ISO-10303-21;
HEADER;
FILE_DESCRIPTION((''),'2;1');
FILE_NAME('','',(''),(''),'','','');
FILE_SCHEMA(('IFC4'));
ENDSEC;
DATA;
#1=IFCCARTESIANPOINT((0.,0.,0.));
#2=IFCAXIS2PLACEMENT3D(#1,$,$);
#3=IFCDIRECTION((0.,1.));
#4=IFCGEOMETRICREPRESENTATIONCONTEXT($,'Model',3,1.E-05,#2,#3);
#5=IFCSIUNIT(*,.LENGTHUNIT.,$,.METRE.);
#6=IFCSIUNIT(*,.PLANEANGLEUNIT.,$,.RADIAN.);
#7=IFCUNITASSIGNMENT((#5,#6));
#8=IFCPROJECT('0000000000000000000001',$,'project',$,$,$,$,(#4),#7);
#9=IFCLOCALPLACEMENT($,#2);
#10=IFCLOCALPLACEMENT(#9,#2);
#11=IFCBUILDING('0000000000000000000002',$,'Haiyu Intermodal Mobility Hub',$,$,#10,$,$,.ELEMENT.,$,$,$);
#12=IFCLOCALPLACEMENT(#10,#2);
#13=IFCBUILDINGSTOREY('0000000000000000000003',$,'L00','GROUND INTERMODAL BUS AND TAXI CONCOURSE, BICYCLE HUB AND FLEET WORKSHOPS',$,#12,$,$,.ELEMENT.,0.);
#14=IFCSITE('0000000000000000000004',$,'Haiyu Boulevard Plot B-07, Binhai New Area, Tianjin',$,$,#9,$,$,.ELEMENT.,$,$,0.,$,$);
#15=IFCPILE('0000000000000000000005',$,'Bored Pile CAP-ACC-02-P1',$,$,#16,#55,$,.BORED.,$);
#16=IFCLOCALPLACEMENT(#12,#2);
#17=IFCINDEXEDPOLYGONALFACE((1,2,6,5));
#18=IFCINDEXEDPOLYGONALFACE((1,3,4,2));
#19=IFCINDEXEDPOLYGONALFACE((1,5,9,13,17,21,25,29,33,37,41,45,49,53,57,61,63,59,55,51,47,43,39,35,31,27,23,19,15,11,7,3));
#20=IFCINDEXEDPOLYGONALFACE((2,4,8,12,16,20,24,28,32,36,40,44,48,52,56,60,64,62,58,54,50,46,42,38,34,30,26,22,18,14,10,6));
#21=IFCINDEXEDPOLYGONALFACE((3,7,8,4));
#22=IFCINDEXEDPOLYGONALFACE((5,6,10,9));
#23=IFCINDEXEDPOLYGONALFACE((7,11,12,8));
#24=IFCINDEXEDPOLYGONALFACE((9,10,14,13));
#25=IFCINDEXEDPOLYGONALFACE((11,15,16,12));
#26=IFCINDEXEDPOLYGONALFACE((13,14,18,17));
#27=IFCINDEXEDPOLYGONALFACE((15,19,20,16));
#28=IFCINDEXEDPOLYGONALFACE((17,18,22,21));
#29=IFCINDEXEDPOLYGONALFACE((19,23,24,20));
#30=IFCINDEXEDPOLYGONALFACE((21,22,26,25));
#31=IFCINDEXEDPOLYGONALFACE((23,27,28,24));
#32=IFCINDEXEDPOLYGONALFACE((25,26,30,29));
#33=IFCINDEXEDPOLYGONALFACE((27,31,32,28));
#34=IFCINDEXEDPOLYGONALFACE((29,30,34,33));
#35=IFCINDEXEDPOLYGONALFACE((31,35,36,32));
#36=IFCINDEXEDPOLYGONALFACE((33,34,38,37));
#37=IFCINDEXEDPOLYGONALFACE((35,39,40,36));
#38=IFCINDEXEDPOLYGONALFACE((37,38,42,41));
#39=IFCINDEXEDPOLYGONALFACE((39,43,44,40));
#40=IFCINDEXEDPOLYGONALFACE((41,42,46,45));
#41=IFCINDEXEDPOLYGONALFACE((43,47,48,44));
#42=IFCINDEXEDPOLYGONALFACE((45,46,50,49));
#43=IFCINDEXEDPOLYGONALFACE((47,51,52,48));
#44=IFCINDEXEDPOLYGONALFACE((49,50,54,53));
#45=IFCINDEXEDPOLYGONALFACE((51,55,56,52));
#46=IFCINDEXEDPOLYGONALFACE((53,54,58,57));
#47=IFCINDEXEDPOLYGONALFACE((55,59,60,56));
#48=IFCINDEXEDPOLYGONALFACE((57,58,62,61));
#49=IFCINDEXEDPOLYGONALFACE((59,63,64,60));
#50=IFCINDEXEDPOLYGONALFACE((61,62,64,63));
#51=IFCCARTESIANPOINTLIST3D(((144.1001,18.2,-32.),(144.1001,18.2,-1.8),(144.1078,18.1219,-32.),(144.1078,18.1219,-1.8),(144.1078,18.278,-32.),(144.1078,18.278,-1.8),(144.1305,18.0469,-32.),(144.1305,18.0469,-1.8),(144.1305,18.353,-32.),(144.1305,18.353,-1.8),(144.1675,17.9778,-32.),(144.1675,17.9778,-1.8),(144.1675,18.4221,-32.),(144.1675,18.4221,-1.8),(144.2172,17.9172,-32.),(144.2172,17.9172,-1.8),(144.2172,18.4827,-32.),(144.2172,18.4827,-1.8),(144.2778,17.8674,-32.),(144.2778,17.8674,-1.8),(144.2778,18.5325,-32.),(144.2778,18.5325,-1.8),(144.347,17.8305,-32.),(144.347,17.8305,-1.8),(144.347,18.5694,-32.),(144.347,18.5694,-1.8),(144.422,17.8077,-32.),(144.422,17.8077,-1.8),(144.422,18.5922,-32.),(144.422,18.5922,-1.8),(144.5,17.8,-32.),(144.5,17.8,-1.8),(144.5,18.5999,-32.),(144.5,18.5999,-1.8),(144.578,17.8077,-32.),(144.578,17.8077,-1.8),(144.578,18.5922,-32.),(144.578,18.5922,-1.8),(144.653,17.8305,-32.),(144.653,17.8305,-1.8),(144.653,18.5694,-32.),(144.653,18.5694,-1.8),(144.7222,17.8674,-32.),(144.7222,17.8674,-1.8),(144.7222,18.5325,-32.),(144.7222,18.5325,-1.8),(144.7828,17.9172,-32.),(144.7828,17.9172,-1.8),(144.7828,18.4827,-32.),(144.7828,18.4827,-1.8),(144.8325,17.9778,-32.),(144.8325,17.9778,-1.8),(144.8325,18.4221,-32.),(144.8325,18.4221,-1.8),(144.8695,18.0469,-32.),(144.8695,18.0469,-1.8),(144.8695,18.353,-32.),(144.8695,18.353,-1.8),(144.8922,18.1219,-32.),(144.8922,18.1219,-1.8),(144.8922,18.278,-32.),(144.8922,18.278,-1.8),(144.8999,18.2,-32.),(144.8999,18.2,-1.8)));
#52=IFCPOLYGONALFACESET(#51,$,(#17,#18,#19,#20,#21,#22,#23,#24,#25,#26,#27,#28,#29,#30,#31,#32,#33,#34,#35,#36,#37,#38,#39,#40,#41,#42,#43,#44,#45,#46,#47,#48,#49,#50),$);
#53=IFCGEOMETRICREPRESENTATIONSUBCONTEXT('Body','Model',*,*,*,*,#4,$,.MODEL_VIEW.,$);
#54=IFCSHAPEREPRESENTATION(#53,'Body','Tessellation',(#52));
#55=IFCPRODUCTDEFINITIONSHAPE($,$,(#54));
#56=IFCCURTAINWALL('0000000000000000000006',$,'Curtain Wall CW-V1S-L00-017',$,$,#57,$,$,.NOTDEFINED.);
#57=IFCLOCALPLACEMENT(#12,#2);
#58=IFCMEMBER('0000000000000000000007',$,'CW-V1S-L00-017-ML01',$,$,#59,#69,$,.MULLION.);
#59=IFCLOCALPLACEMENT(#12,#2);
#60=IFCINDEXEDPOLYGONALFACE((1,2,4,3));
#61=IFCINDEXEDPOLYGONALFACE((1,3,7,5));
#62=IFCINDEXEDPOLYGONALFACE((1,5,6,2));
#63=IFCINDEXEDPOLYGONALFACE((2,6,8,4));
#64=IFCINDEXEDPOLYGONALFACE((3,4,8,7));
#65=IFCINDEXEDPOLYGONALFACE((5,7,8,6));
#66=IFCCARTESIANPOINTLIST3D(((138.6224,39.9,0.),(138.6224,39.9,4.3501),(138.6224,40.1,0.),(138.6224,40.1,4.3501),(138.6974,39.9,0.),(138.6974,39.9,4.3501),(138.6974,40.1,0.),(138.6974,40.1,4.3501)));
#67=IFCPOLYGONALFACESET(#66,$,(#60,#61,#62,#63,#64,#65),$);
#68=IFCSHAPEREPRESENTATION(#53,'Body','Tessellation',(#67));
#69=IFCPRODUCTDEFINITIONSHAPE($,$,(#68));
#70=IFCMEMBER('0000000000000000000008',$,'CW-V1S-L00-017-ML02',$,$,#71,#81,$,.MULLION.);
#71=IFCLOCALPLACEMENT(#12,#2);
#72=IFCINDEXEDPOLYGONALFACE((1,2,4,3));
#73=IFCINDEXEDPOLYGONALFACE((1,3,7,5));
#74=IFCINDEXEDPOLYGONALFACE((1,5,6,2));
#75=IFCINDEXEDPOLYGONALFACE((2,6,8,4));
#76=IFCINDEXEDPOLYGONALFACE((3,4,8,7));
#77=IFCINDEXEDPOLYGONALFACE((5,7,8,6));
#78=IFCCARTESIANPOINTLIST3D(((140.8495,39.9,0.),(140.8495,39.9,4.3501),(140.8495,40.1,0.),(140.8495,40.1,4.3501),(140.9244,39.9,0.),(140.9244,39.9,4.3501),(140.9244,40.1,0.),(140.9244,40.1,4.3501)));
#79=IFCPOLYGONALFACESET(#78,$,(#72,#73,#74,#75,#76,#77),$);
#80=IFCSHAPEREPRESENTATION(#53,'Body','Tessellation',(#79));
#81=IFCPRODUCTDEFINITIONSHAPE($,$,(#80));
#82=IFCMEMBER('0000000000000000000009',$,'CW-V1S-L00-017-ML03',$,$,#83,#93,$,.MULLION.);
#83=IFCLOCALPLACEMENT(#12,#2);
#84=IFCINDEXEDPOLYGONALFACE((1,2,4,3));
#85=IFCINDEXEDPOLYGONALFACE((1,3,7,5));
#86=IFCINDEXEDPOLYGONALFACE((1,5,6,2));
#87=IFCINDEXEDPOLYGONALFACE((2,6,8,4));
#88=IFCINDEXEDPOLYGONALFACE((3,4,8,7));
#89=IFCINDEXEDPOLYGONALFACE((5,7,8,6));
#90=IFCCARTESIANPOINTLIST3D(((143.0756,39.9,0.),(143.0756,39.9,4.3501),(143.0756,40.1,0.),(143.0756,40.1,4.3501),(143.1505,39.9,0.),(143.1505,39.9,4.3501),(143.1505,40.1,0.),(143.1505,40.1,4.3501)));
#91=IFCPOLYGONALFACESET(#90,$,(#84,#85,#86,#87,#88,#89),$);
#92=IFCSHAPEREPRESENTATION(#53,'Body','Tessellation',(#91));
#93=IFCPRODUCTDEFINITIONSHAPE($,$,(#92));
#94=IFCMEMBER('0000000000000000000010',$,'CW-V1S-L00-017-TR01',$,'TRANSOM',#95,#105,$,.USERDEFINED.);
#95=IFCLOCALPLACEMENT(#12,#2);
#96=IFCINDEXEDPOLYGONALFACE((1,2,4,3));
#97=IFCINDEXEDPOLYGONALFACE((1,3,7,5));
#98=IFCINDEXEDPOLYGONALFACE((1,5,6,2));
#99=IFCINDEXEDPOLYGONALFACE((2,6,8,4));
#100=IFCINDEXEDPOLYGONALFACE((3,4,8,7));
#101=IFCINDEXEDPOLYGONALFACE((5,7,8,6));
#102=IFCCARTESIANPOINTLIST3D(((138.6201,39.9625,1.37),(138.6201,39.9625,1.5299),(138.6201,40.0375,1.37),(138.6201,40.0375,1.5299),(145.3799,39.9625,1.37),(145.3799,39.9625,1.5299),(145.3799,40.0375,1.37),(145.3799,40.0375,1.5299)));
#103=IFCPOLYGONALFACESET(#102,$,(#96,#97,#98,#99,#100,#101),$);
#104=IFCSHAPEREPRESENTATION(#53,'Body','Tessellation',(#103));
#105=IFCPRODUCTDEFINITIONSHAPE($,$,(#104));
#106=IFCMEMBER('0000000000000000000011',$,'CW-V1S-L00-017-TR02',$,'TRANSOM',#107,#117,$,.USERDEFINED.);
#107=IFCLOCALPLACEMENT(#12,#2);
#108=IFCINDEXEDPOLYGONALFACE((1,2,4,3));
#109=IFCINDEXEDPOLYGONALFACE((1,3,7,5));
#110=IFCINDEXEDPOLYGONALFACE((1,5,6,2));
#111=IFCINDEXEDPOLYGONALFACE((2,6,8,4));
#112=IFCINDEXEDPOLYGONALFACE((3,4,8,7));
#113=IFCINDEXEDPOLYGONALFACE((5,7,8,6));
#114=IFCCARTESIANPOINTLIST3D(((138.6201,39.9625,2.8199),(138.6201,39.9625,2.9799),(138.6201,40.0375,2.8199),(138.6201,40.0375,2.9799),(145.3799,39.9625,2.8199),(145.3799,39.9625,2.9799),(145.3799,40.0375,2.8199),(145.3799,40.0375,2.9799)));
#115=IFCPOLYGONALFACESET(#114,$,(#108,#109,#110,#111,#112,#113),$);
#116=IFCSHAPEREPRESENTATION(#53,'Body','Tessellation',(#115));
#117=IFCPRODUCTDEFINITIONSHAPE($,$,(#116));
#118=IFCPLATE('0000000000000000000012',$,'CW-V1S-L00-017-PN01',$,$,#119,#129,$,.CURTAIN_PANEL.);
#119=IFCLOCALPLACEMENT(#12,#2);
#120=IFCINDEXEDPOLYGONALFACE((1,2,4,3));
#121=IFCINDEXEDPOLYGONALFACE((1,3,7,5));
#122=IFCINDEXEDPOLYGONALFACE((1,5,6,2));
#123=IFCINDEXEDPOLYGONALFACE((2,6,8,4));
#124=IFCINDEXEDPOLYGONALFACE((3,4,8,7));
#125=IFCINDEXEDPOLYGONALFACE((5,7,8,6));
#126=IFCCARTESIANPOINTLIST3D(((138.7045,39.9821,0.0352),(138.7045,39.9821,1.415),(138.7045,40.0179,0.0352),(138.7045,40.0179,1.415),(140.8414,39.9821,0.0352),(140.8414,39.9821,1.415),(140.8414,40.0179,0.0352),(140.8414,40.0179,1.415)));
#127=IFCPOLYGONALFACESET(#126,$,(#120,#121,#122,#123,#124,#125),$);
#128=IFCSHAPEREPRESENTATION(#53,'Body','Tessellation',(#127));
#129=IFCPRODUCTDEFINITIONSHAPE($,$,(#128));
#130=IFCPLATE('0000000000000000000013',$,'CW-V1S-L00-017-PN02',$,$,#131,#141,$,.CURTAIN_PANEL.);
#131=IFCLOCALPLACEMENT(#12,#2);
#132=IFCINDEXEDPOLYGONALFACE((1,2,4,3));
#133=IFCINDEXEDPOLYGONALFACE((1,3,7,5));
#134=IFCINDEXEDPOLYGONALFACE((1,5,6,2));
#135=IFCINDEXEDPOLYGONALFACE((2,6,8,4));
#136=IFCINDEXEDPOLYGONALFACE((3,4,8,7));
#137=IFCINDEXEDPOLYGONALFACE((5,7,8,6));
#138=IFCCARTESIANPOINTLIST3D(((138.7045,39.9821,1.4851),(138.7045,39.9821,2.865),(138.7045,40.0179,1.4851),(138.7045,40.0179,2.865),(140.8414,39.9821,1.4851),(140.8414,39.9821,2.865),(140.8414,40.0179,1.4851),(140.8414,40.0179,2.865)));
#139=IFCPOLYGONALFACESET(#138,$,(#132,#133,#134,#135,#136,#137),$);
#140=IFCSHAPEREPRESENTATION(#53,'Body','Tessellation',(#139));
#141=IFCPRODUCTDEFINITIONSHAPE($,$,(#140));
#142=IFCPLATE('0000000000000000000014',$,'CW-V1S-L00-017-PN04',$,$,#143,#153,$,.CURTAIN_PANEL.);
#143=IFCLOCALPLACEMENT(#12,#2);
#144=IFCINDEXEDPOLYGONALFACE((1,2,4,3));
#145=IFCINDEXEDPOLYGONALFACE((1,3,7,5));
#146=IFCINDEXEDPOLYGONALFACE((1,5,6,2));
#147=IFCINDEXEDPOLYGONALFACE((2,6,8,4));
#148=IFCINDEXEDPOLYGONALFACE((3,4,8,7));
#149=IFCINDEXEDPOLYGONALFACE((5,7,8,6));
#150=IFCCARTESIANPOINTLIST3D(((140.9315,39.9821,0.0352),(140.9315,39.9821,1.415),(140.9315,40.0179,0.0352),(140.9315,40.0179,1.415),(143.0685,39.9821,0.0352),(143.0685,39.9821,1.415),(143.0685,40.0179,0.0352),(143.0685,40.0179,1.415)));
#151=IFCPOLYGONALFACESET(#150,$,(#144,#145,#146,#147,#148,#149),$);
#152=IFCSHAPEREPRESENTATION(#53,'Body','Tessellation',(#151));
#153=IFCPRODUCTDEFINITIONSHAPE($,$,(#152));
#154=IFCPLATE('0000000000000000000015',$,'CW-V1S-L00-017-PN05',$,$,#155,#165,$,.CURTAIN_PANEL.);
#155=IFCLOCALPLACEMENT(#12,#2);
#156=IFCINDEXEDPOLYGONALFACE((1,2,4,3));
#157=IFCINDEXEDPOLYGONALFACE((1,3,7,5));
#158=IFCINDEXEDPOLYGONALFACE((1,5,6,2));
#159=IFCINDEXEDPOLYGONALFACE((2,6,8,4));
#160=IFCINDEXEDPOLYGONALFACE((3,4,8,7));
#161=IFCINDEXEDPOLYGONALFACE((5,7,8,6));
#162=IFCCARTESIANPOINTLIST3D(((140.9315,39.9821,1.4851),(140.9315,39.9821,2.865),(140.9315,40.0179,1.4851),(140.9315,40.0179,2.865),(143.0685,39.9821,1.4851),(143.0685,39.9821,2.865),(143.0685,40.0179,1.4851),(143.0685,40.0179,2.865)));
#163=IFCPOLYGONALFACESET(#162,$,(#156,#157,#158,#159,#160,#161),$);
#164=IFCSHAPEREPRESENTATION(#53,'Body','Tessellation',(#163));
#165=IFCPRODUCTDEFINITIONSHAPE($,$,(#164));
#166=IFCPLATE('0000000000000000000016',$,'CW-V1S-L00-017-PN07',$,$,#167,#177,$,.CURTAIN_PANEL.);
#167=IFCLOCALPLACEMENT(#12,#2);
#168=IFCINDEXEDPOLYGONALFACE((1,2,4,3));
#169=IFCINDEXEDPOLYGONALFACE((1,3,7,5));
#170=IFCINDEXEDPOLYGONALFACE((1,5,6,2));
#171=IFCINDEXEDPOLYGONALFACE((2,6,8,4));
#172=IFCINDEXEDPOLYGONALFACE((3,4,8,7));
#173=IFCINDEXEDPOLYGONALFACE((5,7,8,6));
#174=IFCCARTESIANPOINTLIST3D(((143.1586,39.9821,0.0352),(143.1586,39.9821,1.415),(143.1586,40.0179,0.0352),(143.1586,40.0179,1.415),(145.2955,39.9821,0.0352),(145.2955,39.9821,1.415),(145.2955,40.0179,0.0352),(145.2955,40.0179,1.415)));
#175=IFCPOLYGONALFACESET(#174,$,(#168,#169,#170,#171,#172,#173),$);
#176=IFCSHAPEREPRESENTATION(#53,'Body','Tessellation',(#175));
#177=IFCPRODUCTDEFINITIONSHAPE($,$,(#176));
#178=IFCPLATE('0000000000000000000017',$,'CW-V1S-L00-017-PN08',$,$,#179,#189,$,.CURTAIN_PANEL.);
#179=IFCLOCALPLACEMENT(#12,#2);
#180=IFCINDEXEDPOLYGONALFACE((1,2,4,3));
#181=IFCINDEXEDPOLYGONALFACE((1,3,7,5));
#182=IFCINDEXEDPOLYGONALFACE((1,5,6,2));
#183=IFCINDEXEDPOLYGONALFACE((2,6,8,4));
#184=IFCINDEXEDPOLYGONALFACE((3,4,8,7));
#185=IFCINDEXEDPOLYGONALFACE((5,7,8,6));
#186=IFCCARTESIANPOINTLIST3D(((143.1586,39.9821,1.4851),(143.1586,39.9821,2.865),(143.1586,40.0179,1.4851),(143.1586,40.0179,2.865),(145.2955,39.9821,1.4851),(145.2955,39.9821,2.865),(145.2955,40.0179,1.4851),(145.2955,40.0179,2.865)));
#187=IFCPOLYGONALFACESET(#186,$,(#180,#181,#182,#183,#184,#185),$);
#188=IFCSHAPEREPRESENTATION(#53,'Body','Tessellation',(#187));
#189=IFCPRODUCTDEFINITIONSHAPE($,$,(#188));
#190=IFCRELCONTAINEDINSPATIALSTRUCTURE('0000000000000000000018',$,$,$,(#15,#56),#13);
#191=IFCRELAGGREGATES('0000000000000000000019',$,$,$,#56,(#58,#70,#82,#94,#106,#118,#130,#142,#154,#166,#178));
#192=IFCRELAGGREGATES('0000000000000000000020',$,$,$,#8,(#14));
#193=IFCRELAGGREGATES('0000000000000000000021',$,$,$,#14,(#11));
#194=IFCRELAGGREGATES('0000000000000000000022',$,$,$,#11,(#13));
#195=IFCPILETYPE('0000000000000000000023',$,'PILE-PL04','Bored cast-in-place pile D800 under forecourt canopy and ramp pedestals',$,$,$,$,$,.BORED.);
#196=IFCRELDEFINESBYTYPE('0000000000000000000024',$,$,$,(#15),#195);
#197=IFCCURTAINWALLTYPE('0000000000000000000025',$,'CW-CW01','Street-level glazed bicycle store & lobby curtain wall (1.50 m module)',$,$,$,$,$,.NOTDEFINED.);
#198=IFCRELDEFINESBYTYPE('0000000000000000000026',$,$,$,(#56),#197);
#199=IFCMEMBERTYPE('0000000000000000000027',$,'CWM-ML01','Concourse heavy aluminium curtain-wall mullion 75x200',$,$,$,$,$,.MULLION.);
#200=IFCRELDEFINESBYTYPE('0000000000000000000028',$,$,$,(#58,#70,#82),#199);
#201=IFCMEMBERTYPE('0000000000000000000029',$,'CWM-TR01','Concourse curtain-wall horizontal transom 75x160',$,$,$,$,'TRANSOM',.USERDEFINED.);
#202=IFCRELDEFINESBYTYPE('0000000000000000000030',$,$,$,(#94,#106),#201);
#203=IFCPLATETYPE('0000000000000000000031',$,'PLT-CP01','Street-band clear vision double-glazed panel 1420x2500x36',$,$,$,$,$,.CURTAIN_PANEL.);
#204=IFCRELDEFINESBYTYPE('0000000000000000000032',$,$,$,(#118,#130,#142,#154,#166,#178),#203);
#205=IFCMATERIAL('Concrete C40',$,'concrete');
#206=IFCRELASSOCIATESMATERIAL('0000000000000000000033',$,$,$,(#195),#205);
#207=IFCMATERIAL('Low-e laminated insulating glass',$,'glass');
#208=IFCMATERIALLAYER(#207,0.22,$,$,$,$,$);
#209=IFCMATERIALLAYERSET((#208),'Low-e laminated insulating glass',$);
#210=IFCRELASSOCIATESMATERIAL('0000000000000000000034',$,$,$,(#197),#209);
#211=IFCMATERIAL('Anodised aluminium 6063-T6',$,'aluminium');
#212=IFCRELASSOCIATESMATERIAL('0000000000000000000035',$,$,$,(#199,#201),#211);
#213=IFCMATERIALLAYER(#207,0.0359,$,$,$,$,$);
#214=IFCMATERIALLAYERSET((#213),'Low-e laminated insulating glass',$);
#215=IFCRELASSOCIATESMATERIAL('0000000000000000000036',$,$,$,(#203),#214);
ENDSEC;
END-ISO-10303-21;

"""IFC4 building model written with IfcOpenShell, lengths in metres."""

from ifc_helpers import new_model, si_unit, direction, frame, origin, origin_2d, place, context, subcontext, project, spatial, rectangle, circle, extrude, material, layer, layer_set, material_profile, profile_set, type_object, element, aggregate, save


model = new_model("IFC4")

# Units and contexts
model_context = context("Model", 3, precision=1e-05, world=origin(), true_north=direction((0.0, 1.0)))
body_context = subcontext(model_context, "Body", "Model", "MODEL_VIEW")
ifc_project = project(units=[si_unit("LENGTHUNIT", "METRE"), si_unit("PLANEANGLEUNIT", "RADIAN")], contexts=[model_context])

# Site, building, storey
site_placement = place(None, origin())
site = spatial("IfcSite", under=ifc_project, at=site_placement, Name="Haiyu Boulevard Plot B-07, Binhai New Area, Tianjin", CompositionType="ELEMENT", RefElevation=0.0)
building_placement = place(site_placement, origin())
building = spatial("IfcBuilding", under=site, at=building_placement, Name="Haiyu Intermodal Mobility Hub", CompositionType="ELEMENT")
storey_placement = place(building_placement, origin())
storey = spatial("IfcBuildingStorey", under=building, at=storey_placement, Name="L00", Description="GROUND INTERMODAL BUS AND TAXI CONCOURSE, BICYCLE HUB AND FLEET WORKSHOPS", CompositionType="ELEMENT", Elevation=0.0)

# Shared definitions
ifc_material_1 = material(Name="Concrete C40", Category="concrete")

# Pile
ifc_material_profile_1 = material_profile(ifc_material_1, circle(Radius=0.3999, at=origin_2d()), Name="PILE-D800")
ifc_profile_set_1 = profile_set([ifc_material_profile_1], Name="Concrete C40")
pile_type_1 = type_object("IfcPileType", Name="PILE-PL04", Description="Bored cast-in-place pile D800 under forecourt canopy and ramp pedestals", PredefinedType="BORED", material=ifc_profile_set_1)
pile_1_placement = place(storey_placement, frame((144.5, 18.2, -1.8), z_axis=(0.0, 0.0, -1.0), x_axis=(1.0, 0.0, 0.0)))
element("IfcPile", 1, at=pile_1_placement, inside=storey, type_object=pile_type_1, Name="Bored Pile CAP-ACC-02-P1", PredefinedType="BORED", context=body_context, shape_type="SweptSolid", body=[
    extrude(circle(Radius=0.3999, at=origin_2d()), origin(), (0.0, 0.0, 1.0), 30.2),
])

# Curtain wall, members, plates
ifc_material_2 = material(Name="Low-e laminated insulating glass", Category="glass")
ifc_layer_1 = layer(ifc_material_2, 0.22)
ifc_layer_set_1 = layer_set([ifc_layer_1], Name="Low-e laminated insulating glass")
curtain_wall_type = type_object("IfcCurtainWallType", Name="CW-CW01", Description="Street-level glazed bicycle store & lobby curtain wall (1.50 m module)", PredefinedType="NOTDEFINED", material=ifc_layer_set_1)
curtain_wall_placement = place(storey_placement, origin())
curtain_wall = element("IfcCurtainWall", 2, at=curtain_wall_placement, inside=storey, type_object=curtain_wall_type, Name="Curtain Wall CW-V1S-L00-017", PredefinedType="NOTDEFINED")
ifc_material_3 = material(Name="Anodised aluminium 6063-T6", Category="aluminium")
ifc_material_profile_2 = material_profile(ifc_material_3, rectangle(XDim=0.075, YDim=0.2, at=origin_2d()), Name="ALU75x200")
ifc_profile_set_2 = profile_set([ifc_material_profile_2], Name="Anodised aluminium 6063-T6")
member_type_1 = type_object("IfcMemberType", Name="CWM-ML01", Description="Concourse heavy aluminium curtain-wall mullion 75x200", PredefinedType="MULLION", material=ifc_profile_set_2)
member_1_placement = place(storey_placement, frame((138.6599, 40.0, 0.0), z_axis=(0.0, 0.0, 1.0), x_axis=(1.0, 0.0, 0.0)))
member_1 = element("IfcMember", 3, at=member_1_placement, type_object=member_type_1, Name="CW-V1S-L00-017-ML01", PredefinedType="MULLION", context=body_context, shape_type="SweptSolid", body=[
    extrude(rectangle(XDim=0.075, YDim=0.2, at=origin_2d()), origin(), (0.0, 0.0, 1.0), 4.3501),
])
member_2_placement = place(storey_placement, frame((140.887, 40.0, 0.0), z_axis=(0.0, 0.0, 1.0), x_axis=(1.0, 0.0, 0.0)))
member_2 = element("IfcMember", 4, at=member_2_placement, type_object=member_type_1, Name="CW-V1S-L00-017-ML02", PredefinedType="MULLION", context=body_context, shape_type="SweptSolid", body=[
    extrude(rectangle(XDim=0.075, YDim=0.2, at=origin_2d()), origin(), (0.0, 0.0, 1.0), 4.3501),
])
member_3_placement = place(storey_placement, frame((143.113, 40.0, 0.0), z_axis=(0.0, 0.0, 1.0), x_axis=(1.0, 0.0, 0.0)))
member_3 = element("IfcMember", 5, at=member_3_placement, type_object=member_type_1, Name="CW-V1S-L00-017-ML03", PredefinedType="MULLION", context=body_context, shape_type="SweptSolid", body=[
    extrude(rectangle(XDim=0.075, YDim=0.2, at=origin_2d()), origin(), (0.0, 0.0, 1.0), 4.3501),
])
ifc_material_profile_3 = material_profile(ifc_material_3, rectangle(XDim=0.075, YDim=0.1599, at=origin_2d()), Name="ALU75x160")
ifc_profile_set_3 = profile_set([ifc_material_profile_3], Name="Anodised aluminium 6063-T6")
member_type_2 = type_object("IfcMemberType", Name="CWM-TR01", Description="Concourse curtain-wall horizontal transom 75x160", ElementType="TRANSOM", PredefinedType="USERDEFINED", material=ifc_profile_set_3)
member_4_placement = place(storey_placement, frame((138.6201, 40.0, 1.45), z_axis=(1.0, 0.0, 0.0), x_axis=(0.0, 1.0, 0.0)))
member_4 = element("IfcMember", 6, at=member_4_placement, type_object=member_type_2, Name="CW-V1S-L00-017-TR01", ObjectType="TRANSOM", PredefinedType="USERDEFINED", context=body_context, shape_type="SweptSolid", body=[
    extrude(rectangle(XDim=0.075, YDim=0.1599, at=origin_2d()), origin(), (0.0, 0.0, 1.0), 6.7598),
])
member_5_placement = place(storey_placement, frame((138.6201, 40.0, 2.8999), z_axis=(1.0, 0.0, 0.0), x_axis=(0.0, 1.0, 0.0)))
member_5 = element("IfcMember", 7, at=member_5_placement, type_object=member_type_2, Name="CW-V1S-L00-017-TR02", ObjectType="TRANSOM", PredefinedType="USERDEFINED", context=body_context, shape_type="SweptSolid", body=[
    extrude(rectangle(XDim=0.075, YDim=0.1599, at=origin_2d()), origin(), (0.0, 0.0, 1.0), 6.7598),
])
ifc_layer_2 = layer(ifc_material_2, 0.0359)
ifc_layer_set_2 = layer_set([ifc_layer_2], Name="Low-e laminated insulating glass")
plate_type_1 = type_object("IfcPlateType", Name="PLT-CP01", Description="Street-band clear vision double-glazed panel 1420x2500x36", PredefinedType="CURTAIN_PANEL", material=ifc_layer_set_2)
plate_1_placement = place(storey_placement, frame((139.7729, 40.0, 0.0352), z_axis=(0.0, 0.0, 1.0), x_axis=(1.0, 0.0, 0.0)))
plate_1 = element("IfcPlate", 8, at=plate_1_placement, type_object=plate_type_1, Name="CW-V1S-L00-017-PN01", PredefinedType="CURTAIN_PANEL", context=body_context, shape_type="SweptSolid", body=[
    extrude(rectangle(XDim=2.137, YDim=0.0359, at=origin_2d()), origin(), (0.0, 0.0, 1.0), 1.3799),
])
plate_2_placement = place(storey_placement, frame((139.7729, 40.0, 1.4851), z_axis=(0.0, 0.0, 1.0), x_axis=(1.0, 0.0, 0.0)))
plate_2 = element("IfcPlate", 9, at=plate_2_placement, type_object=plate_type_1, Name="CW-V1S-L00-017-PN02", PredefinedType="CURTAIN_PANEL", context=body_context, shape_type="SweptSolid", body=[
    extrude(rectangle(XDim=2.137, YDim=0.0359, at=origin_2d()), origin(), (0.0, 0.0, 1.0), 1.3799),
])
plate_3_placement = place(storey_placement, frame((142.0, 40.0, 0.0352), z_axis=(0.0, 0.0, 1.0), x_axis=(1.0, 0.0, 0.0)))
plate_3 = element("IfcPlate", 10, at=plate_3_placement, type_object=plate_type_1, Name="CW-V1S-L00-017-PN04", PredefinedType="CURTAIN_PANEL", context=body_context, shape_type="SweptSolid", body=[
    extrude(rectangle(XDim=2.137, YDim=0.0359, at=origin_2d()), origin(), (0.0, 0.0, 1.0), 1.3799),
])
plate_4_placement = place(storey_placement, frame((142.0, 40.0, 1.4851), z_axis=(0.0, 0.0, 1.0), x_axis=(1.0, 0.0, 0.0)))
plate_4 = element("IfcPlate", 11, at=plate_4_placement, type_object=plate_type_1, Name="CW-V1S-L00-017-PN05", PredefinedType="CURTAIN_PANEL", context=body_context, shape_type="SweptSolid", body=[
    extrude(rectangle(XDim=2.137, YDim=0.0359, at=origin_2d()), origin(), (0.0, 0.0, 1.0), 1.3799),
])
plate_5_placement = place(storey_placement, frame((144.2271, 40.0, 0.0352), z_axis=(0.0, 0.0, 1.0), x_axis=(1.0, 0.0, 0.0)))
plate_5 = element("IfcPlate", 12, at=plate_5_placement, type_object=plate_type_1, Name="CW-V1S-L00-017-PN07", PredefinedType="CURTAIN_PANEL", context=body_context, shape_type="SweptSolid", body=[
    extrude(rectangle(XDim=2.137, YDim=0.0359, at=origin_2d()), origin(), (0.0, 0.0, 1.0), 1.3799),
])
plate_6_placement = place(storey_placement, frame((144.2271, 40.0, 1.4851), z_axis=(0.0, 0.0, 1.0), x_axis=(1.0, 0.0, 0.0)))
plate_6 = element("IfcPlate", 13, at=plate_6_placement, type_object=plate_type_1, Name="CW-V1S-L00-017-PN08", PredefinedType="CURTAIN_PANEL", context=body_context, shape_type="SweptSolid", body=[
    extrude(rectangle(XDim=2.137, YDim=0.0359, at=origin_2d()), origin(), (0.0, 0.0, 1.0), 1.3799),
])
aggregate(curtain_wall, [member_1, member_2, member_3, member_4, member_5, plate_1, plate_2, plate_3, plate_4, plate_5, plate_6])

save(model, "model.ifc")
